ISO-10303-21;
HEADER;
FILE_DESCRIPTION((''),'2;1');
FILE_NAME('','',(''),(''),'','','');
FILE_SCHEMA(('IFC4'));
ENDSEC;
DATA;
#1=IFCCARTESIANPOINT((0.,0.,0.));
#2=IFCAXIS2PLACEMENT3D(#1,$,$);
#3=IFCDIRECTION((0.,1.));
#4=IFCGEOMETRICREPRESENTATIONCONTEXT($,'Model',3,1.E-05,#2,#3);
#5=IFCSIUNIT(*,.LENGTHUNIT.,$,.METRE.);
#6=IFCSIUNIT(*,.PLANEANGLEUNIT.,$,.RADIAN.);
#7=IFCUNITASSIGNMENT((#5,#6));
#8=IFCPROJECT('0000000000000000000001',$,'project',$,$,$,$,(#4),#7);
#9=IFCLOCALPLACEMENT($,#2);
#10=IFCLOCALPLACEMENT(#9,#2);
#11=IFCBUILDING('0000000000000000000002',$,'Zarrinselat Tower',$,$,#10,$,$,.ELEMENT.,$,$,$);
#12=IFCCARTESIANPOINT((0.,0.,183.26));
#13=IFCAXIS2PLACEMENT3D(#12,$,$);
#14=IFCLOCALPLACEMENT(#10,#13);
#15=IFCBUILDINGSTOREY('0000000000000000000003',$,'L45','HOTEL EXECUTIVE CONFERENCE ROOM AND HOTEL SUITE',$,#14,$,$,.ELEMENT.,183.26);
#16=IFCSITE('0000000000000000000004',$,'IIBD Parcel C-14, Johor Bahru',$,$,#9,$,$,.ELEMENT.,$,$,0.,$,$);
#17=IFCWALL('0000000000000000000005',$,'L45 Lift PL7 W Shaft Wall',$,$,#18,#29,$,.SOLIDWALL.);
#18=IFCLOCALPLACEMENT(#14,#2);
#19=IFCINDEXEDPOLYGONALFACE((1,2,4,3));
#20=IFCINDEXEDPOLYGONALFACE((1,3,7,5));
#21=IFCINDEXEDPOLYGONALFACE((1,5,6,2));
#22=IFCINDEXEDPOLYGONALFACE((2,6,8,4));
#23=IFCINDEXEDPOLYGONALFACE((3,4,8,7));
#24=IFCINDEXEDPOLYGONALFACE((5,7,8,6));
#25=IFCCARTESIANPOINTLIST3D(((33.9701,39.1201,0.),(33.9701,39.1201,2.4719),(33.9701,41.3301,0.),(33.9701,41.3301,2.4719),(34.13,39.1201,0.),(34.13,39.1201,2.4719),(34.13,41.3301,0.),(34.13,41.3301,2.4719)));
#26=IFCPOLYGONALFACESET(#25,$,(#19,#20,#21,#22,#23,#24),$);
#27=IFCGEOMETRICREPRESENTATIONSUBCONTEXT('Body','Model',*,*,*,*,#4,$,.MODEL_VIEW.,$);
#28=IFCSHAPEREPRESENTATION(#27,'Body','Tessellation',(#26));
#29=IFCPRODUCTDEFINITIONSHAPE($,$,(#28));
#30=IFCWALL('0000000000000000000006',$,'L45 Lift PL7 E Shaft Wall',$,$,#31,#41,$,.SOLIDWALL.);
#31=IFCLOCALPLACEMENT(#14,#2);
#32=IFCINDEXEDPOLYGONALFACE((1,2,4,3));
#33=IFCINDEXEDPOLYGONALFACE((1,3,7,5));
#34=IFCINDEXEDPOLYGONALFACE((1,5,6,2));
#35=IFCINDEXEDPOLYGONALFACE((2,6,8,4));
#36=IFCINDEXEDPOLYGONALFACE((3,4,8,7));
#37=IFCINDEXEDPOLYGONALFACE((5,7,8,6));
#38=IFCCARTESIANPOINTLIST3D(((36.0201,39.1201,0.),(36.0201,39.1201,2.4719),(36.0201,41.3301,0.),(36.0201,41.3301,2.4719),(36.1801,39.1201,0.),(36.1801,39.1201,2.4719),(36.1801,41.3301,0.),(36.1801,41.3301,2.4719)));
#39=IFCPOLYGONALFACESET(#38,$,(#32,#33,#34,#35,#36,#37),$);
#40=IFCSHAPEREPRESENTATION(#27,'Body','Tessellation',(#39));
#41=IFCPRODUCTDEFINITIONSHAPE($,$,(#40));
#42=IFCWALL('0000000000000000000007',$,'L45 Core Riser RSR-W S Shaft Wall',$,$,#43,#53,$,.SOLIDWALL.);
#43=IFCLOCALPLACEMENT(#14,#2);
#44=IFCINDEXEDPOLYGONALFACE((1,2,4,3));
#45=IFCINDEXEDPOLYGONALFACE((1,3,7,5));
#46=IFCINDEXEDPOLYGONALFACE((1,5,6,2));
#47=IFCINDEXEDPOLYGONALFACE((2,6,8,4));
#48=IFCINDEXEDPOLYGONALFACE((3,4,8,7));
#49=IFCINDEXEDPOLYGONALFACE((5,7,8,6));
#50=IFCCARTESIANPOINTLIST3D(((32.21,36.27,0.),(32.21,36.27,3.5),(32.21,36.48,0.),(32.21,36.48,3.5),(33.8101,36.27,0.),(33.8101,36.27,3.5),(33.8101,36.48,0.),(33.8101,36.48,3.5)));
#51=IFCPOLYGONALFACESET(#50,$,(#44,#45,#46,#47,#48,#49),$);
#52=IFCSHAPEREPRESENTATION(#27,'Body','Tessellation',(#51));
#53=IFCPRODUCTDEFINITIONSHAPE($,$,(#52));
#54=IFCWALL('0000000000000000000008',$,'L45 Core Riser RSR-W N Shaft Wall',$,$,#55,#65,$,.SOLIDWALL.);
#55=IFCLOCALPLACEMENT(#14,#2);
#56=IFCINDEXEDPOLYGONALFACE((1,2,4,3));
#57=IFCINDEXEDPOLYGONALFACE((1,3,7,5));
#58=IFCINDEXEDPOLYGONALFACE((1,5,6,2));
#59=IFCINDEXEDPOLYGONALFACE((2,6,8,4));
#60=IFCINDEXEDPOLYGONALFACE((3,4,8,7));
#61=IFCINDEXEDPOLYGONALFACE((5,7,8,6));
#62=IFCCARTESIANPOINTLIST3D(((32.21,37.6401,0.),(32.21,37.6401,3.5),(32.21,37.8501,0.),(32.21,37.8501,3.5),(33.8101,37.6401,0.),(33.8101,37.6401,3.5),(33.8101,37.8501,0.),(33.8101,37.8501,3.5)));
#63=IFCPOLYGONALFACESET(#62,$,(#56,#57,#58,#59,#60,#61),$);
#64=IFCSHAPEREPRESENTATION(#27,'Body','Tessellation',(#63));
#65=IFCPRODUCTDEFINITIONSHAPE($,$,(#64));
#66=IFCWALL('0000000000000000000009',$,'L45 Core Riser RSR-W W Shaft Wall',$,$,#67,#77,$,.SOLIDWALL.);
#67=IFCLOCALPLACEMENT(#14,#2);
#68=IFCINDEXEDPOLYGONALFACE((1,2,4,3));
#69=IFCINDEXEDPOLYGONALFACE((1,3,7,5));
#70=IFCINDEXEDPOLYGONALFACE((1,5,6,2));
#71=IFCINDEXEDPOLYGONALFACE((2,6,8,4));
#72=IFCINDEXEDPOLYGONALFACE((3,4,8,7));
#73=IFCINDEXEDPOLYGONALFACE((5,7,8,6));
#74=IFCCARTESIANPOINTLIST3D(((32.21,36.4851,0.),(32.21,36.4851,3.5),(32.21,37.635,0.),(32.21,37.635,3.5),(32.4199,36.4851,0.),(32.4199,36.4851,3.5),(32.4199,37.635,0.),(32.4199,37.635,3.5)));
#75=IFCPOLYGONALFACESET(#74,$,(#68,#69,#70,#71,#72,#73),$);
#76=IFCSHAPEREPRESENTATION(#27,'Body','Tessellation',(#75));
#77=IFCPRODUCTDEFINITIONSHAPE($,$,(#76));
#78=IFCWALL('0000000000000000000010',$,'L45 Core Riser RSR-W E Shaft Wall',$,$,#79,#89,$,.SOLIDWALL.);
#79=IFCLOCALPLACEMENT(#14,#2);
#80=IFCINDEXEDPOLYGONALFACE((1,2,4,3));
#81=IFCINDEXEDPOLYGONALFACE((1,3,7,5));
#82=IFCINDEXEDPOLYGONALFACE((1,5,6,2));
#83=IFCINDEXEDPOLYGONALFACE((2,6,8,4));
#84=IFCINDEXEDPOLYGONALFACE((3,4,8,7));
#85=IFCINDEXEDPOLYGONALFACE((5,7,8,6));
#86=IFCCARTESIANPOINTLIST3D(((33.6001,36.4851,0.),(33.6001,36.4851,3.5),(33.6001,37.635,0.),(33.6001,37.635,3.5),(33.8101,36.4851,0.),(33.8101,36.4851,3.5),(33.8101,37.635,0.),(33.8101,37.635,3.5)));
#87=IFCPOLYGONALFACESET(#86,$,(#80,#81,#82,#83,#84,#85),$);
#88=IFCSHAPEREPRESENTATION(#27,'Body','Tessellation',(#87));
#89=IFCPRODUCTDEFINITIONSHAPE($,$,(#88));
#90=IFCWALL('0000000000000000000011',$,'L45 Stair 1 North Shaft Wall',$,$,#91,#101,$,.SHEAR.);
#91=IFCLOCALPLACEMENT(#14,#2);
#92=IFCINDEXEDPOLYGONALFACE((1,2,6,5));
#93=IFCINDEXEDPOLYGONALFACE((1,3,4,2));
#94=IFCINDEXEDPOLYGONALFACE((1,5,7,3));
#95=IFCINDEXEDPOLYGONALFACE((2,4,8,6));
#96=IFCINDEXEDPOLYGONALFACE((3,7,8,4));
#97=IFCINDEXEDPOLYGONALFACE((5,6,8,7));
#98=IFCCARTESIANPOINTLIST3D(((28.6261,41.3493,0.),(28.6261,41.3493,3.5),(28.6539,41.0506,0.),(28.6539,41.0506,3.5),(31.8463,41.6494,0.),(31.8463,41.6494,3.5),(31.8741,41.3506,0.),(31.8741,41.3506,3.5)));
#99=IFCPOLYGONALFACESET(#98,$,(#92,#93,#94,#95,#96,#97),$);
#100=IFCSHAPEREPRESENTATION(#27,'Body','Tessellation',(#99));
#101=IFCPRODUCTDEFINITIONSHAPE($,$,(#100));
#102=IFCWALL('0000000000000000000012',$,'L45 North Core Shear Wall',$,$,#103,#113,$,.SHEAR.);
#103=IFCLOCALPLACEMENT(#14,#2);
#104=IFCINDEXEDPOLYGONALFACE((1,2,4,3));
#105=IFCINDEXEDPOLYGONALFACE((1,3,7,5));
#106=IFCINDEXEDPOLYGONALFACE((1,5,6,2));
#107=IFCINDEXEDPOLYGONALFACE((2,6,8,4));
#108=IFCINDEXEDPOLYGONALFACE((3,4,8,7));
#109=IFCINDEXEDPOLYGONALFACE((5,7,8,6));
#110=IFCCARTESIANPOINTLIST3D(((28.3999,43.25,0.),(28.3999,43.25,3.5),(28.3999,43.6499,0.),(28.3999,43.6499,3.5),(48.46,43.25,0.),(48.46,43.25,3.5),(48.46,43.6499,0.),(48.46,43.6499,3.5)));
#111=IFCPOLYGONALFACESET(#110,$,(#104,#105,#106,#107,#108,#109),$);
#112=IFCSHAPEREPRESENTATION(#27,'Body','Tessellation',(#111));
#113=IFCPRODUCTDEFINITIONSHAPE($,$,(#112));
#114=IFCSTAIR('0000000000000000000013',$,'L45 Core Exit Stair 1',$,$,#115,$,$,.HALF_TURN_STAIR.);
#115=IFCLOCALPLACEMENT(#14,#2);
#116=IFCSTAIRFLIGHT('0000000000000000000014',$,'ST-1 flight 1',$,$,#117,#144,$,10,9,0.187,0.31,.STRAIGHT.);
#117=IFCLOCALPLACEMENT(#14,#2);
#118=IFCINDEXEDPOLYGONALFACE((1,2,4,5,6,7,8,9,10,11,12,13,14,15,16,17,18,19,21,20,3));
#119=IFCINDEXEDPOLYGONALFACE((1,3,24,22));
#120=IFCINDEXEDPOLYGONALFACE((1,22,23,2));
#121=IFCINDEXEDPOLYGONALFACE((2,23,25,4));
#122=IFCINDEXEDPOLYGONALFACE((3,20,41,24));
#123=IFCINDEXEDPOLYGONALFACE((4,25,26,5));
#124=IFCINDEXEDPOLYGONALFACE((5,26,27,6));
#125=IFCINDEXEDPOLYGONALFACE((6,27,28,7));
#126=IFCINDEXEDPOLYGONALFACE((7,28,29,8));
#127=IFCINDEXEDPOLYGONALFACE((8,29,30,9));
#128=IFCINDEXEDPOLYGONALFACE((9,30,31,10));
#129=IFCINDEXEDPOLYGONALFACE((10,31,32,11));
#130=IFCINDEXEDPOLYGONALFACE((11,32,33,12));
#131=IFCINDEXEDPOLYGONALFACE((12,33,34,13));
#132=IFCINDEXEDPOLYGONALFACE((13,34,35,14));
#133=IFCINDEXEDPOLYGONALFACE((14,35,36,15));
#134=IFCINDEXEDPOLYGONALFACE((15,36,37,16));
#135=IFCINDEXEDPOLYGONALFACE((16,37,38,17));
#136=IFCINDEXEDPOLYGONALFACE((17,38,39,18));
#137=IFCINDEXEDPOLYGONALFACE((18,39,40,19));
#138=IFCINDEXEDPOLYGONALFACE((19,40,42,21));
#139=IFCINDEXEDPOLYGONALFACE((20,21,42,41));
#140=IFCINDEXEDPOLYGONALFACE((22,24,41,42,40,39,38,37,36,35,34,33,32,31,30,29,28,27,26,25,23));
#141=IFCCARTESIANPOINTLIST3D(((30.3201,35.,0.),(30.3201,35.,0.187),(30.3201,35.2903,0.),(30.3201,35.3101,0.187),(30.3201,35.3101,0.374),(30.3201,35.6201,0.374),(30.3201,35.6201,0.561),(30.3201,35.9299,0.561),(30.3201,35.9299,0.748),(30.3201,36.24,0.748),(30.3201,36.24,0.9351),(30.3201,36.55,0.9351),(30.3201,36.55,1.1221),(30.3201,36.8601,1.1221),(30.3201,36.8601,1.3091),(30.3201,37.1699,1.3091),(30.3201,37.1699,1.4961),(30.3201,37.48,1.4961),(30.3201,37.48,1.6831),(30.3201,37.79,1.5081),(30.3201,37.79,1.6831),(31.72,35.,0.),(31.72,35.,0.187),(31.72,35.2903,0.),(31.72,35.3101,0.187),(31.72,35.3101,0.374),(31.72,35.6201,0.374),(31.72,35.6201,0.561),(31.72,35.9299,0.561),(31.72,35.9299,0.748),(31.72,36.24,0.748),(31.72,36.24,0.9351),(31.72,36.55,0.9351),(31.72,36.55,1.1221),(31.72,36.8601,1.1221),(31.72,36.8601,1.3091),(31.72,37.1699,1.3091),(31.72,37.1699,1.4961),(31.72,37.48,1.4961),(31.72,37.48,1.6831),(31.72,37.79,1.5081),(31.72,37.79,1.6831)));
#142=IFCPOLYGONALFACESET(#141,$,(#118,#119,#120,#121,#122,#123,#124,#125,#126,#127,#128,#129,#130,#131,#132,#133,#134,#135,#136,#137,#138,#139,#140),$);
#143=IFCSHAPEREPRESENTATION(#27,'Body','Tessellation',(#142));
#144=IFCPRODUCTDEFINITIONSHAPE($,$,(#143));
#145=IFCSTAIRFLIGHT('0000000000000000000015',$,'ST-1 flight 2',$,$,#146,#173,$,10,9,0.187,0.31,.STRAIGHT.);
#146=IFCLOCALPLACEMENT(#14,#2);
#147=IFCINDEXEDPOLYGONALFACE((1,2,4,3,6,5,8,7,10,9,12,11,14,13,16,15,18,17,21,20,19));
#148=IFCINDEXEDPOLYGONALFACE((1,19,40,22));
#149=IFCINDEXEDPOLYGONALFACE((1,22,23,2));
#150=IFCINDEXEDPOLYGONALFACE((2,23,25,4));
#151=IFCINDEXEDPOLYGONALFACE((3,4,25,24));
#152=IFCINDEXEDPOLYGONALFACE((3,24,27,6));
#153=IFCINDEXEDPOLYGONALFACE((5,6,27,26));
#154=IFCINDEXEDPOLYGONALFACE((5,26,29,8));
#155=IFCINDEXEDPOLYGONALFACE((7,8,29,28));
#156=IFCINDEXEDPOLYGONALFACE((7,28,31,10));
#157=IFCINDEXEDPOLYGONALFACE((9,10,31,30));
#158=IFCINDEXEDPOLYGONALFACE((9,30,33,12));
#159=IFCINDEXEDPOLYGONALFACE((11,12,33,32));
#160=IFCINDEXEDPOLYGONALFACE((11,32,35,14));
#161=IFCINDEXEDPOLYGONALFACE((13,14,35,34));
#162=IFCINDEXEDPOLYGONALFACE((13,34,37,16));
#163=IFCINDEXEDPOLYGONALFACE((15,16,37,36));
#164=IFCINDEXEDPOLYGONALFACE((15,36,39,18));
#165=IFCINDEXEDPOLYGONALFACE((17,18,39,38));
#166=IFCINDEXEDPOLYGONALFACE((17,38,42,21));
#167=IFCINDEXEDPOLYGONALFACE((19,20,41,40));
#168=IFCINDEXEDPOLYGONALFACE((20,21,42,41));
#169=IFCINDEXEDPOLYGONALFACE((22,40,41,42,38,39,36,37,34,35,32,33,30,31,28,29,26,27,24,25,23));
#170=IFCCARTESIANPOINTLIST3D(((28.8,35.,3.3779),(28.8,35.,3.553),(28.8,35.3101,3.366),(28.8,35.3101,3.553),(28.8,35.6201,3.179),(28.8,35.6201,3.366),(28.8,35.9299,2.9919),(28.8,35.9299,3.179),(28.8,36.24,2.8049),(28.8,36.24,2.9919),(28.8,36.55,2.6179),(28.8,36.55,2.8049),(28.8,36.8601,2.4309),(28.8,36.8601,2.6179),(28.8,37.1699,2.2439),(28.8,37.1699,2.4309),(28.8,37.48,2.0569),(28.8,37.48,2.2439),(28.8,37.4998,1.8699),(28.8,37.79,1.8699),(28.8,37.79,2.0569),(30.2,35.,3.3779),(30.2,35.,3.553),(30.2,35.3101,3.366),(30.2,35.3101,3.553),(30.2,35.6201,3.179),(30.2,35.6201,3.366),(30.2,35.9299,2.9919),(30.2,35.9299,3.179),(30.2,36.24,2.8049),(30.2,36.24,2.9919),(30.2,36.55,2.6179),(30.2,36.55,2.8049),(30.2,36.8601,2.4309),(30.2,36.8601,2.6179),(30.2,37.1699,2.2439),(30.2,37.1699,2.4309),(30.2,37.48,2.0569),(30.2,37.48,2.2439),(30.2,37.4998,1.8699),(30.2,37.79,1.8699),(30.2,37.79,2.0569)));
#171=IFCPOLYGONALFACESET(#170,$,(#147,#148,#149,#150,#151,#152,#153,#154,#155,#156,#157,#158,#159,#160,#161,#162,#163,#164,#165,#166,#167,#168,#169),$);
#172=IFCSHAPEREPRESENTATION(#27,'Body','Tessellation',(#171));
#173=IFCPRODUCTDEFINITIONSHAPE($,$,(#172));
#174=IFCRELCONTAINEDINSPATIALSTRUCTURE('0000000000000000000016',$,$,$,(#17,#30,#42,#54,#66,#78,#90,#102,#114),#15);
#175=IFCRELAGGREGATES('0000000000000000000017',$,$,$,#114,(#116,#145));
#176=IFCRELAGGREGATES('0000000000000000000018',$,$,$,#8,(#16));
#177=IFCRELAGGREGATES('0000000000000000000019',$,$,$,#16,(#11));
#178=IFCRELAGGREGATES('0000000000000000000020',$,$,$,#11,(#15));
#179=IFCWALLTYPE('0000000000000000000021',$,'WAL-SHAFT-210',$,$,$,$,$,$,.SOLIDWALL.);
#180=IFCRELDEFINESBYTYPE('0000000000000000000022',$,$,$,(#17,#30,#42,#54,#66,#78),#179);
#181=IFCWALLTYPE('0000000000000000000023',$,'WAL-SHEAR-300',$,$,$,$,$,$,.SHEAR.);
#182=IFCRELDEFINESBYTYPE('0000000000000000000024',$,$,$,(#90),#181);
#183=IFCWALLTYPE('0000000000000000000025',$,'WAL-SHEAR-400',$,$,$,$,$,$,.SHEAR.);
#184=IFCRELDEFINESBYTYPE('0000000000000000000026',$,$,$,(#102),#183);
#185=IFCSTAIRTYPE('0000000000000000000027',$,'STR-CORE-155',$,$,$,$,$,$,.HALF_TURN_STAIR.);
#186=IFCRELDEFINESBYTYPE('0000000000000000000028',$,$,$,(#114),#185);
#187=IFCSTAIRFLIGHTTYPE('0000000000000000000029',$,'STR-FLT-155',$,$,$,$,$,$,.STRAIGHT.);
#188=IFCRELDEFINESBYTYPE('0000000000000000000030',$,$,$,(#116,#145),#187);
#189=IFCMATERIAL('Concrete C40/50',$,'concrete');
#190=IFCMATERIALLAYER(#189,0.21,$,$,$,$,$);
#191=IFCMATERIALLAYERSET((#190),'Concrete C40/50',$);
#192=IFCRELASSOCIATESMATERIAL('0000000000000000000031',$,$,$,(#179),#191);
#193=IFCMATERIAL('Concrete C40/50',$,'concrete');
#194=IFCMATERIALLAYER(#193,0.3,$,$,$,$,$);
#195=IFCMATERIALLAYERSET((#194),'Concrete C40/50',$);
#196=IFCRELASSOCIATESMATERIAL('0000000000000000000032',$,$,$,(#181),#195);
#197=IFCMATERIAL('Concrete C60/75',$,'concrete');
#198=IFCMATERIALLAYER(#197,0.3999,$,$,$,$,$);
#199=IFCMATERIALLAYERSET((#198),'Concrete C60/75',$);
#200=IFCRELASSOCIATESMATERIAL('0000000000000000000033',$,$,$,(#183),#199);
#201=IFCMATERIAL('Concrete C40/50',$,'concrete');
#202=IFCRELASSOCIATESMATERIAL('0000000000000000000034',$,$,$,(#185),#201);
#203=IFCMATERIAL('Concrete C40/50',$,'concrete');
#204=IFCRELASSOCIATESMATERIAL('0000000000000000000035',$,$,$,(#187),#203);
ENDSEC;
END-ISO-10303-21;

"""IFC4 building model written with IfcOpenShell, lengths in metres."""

from ifc_helpers import new_model, si_unit, direction, frame, frame_2d, origin, place, context, subcontext, project, spatial, polyline, rectangle, outline, extrude, material, layer, layer_set, type_object, element, aggregate, save


model = new_model("IFC4")

# Units and contexts
model_context = context("Model", 3, precision=1e-05, world=origin(), true_north=direction((0.0, 1.0)))
body_context = subcontext(model_context, "Body", "Model", "MODEL_VIEW")
ifc_project = project(units=[si_unit("LENGTHUNIT", "METRE"), si_unit("PLANEANGLEUNIT", "RADIAN")], contexts=[model_context])

# Site, building, storey
site_placement = place(None, origin())
site = spatial("IfcSite", under=ifc_project, at=site_placement, Name="IIBD Parcel C-14, Johor Bahru", CompositionType="ELEMENT", RefElevation=0.0)
building_placement = place(site_placement, origin())
building = spatial("IfcBuilding", under=site, at=building_placement, Name="Zarrinselat Tower", CompositionType="ELEMENT")
storey_placement = place(building_placement, frame((0.0, 0.0, 183.26)))
storey = spatial("IfcBuildingStorey", under=building, at=storey_placement, Name="L45", Description="HOTEL EXECUTIVE CONFERENCE ROOM AND HOTEL SUITE", CompositionType="ELEMENT", Elevation=183.26)

# Shared definitions
ifc_material_1 = material(Name="Concrete C40/50", Category="concrete")
ifc_layer_1 = layer(ifc_material_1, 0.21)
ifc_layer_set_1 = layer_set([ifc_layer_1], Name="Concrete C40/50")
wall_type_1 = type_object("IfcWallType", Name="WAL-SHAFT-210", PredefinedType="SOLIDWALL", material=ifc_layer_set_1)

# Walls
for number, where, z_axis, x_axis, name in (
    (1, (34.05, 39.1201, 0.0), (0.0, 0.0, 1.0), (0.0, 1.0, 0.0), "L45 Lift PL7 W Shaft Wall"),
    (2, (36.1001, 39.1201, 0.0), (0.0, 0.0, 1.0), (0.0, 1.0, 0.0), "L45 Lift PL7 E Shaft Wall"),
):
    element("IfcWall", number, at=place(storey_placement, frame(where, z_axis=z_axis, x_axis=x_axis)), inside=storey, type_object=wall_type_1, Name=name, PredefinedType="SOLIDWALL", context=body_context, shape_type="SweptSolid", body=[
        extrude(rectangle(XDim=2.21, YDim=0.1599, at=frame_2d((1.105, 0.0))), origin(), (0.0, 0.0, 1.0), 2.4719),
    ])
for number, where, z_axis, x_axis, name in (
    (3, (32.21, 36.375, 0.0), (0.0, 0.0, 1.0), (1.0, 0.0, 0.0), "L45 Core Riser RSR-W S Shaft Wall"),
    (4, (32.21, 37.7451, 0.0), (0.0, 0.0, 1.0), (1.0, 0.0, 0.0), "L45 Core Riser RSR-W N Shaft Wall"),
):
    element("IfcWall", number, at=place(storey_placement, frame(where, z_axis=z_axis, x_axis=x_axis)), inside=storey, type_object=wall_type_1, Name=name, PredefinedType="SOLIDWALL", context=body_context, shape_type="SweptSolid", body=[
        extrude(rectangle(XDim=1.6001, YDim=0.21, at=frame_2d((0.8, 0.0))), origin(), (0.0, 0.0, 1.0), 3.5),
    ])
for number, where, z_axis, x_axis, name in (
    (5, (32.3149, 36.4851, 0.0), (0.0, 0.0, 1.0), (0.0, 1.0, 0.0), "L45 Core Riser RSR-W W Shaft Wall"),
    (6, (33.7051, 36.4851, 0.0), (0.0, 0.0, 1.0), (0.0, 1.0, 0.0), "L45 Core Riser RSR-W E Shaft Wall"),
):
    element("IfcWall", number, at=place(storey_placement, frame(where, z_axis=z_axis, x_axis=x_axis)), inside=storey, type_object=wall_type_1, Name=name, PredefinedType="SOLIDWALL", context=body_context, shape_type="SweptSolid", body=[
        extrude(rectangle(XDim=1.1499, YDim=0.21, at=frame_2d((0.575, 0.0))), origin(), (0.0, 0.0, 1.0), 3.5),
    ])
ifc_material_2 = material(Name="Concrete C40/50", Category="concrete")
ifc_layer_2 = layer(ifc_material_2, 0.3)
ifc_layer_set_2 = layer_set([ifc_layer_2], Name="Concrete C40/50")
wall_type_2 = type_object("IfcWallType", Name="WAL-SHEAR-300", PredefinedType="SHEAR", material=ifc_layer_set_2)
wall_1_placement = place(storey_placement, frame((28.6399, 41.2, 0.0), z_axis=(0.0, 0.0, 1.0), x_axis=(0.995687, 0.092775, 0.0)))
element("IfcWall", 7, at=wall_1_placement, inside=storey, type_object=wall_type_2, Name="L45 Stair 1 North Shaft Wall", PredefinedType="SHEAR", context=body_context, shape_type="SweptSolid", body=[
    extrude(rectangle(XDim=3.2341, YDim=0.3, at=frame_2d((1.6172, 0.0))), origin(), (0.0, 0.0, 1.0), 3.5),
])
ifc_material_3 = material(Name="Concrete C60/75", Category="concrete")
ifc_layer_3 = layer(ifc_material_3, 0.3999)
ifc_layer_set_3 = layer_set([ifc_layer_3], Name="Concrete C60/75")
wall_type_3 = type_object("IfcWallType", Name="WAL-SHEAR-400", PredefinedType="SHEAR", material=ifc_layer_set_3)
wall_2_placement = place(storey_placement, frame((28.3999, 43.45, 0.0), z_axis=(0.0, 0.0, 1.0), x_axis=(1.0, 0.0, 0.0)))
element("IfcWall", 8, at=wall_2_placement, inside=storey, type_object=wall_type_3, Name="L45 North Core Shear Wall", PredefinedType="SHEAR", context=body_context, shape_type="SweptSolid", body=[
    extrude(rectangle(XDim=20.0601, YDim=0.3999, at=frame_2d((10.03, 0.0))), origin(), (0.0, 0.0, 1.0), 3.5),
])

# Stair, stair flights
ifc_material_4 = material(Name="Concrete C40/50", Category="concrete")
stair_type = type_object("IfcStairType", Name="STR-CORE-155", PredefinedType="HALF_TURN_STAIR", material=ifc_material_4)
stair_placement = place(storey_placement, origin())
stair = element("IfcStair", 9, at=stair_placement, inside=storey, type_object=stair_type, Name="L45 Core Exit Stair 1", PredefinedType="HALF_TURN_STAIR")
ifc_material_5 = material(Name="Concrete C40/50", Category="concrete")
stair_flight_type = type_object("IfcStairFlightType", Name="STR-FLT-155", PredefinedType="STRAIGHT", material=ifc_material_5)
stair_flight_1_placement = place(storey_placement, frame((31.02, 35.0, 0.0), z_axis=(0.0, 0.0, 1.0), x_axis=(0.0, 1.0, 0.0)))
stair_flight_1 = element("IfcStairFlight", 10, at=stair_flight_1_placement, type_object=stair_flight_type, Name="ST-1 flight 1", NumberOfRisers=10, NumberOfTreads=9, PredefinedType="STRAIGHT", RiserHeight=0.187, TreadLength=0.31, context=body_context, shape_type="SweptSolid", body=[
    extrude(outline(polyline([(0.0, 0.0), (0.0, 0.187), (0.3101, 0.187), (0.3101, 0.374), (0.6201, 0.374), (0.6201, 0.561), (0.9299, 0.561), (0.9299, 0.748), (1.24, 0.748), (1.24, 0.9351), (1.55, 0.9351), (1.55, 1.1221), (1.8601, 1.1221), (1.8601, 1.3091), (2.1699, 1.3091), (2.1699, 1.4961), (2.48, 1.4961), (2.48, 1.6831), (2.79, 1.6831), (2.79, 1.8701), (2.79, 1.5081), (0.2903, 0.0), (0.0, 0.0)])), frame((0.0, 0.7, 0.0), z_axis=(0.0, -1.0, 0.0), x_axis=(1.0, 0.0, 0.0)), (0.0, 0.0, 1.0), 1.3999),
])
stair_flight_2_placement = place(storey_placement, frame((29.5, 37.79, 1.8699), z_axis=(0.0, 0.0, 1.0), x_axis=(0.0, -1.0, 0.0)))
stair_flight_2 = element("IfcStairFlight", 11, at=stair_flight_2_placement, type_object=stair_flight_type, Name="ST-1 flight 2", NumberOfRisers=10, NumberOfTreads=9, PredefinedType="STRAIGHT", RiserHeight=0.187, TreadLength=0.31, context=body_context, shape_type="SweptSolid", body=[
    extrude(outline(polyline([(0.0, 0.0), (0.0, 0.187), (0.3101, 0.187), (0.3101, 0.374), (0.6201, 0.374), (0.6201, 0.561), (0.9299, 0.561), (0.9299, 0.748), (1.24, 0.748), (1.24, 0.9351), (1.55, 0.9351), (1.55, 1.1221), (1.8601, 1.1221), (1.8601, 1.3091), (2.1699, 1.3091), (2.1699, 1.4961), (2.48, 1.4961), (2.48, 1.6831), (2.79, 1.6831), (2.79, 1.8701), (2.79, 1.5081), (0.2903, 0.0), (0.0, 0.0)])), frame((0.0, 0.7, 0.0), z_axis=(0.0, -1.0, 0.0), x_axis=(1.0, 0.0, 0.0)), (0.0, 0.0, 1.0), 1.3999),
])
aggregate(stair, [stair_flight_1, stair_flight_2])

save(model, "model.ifc")
